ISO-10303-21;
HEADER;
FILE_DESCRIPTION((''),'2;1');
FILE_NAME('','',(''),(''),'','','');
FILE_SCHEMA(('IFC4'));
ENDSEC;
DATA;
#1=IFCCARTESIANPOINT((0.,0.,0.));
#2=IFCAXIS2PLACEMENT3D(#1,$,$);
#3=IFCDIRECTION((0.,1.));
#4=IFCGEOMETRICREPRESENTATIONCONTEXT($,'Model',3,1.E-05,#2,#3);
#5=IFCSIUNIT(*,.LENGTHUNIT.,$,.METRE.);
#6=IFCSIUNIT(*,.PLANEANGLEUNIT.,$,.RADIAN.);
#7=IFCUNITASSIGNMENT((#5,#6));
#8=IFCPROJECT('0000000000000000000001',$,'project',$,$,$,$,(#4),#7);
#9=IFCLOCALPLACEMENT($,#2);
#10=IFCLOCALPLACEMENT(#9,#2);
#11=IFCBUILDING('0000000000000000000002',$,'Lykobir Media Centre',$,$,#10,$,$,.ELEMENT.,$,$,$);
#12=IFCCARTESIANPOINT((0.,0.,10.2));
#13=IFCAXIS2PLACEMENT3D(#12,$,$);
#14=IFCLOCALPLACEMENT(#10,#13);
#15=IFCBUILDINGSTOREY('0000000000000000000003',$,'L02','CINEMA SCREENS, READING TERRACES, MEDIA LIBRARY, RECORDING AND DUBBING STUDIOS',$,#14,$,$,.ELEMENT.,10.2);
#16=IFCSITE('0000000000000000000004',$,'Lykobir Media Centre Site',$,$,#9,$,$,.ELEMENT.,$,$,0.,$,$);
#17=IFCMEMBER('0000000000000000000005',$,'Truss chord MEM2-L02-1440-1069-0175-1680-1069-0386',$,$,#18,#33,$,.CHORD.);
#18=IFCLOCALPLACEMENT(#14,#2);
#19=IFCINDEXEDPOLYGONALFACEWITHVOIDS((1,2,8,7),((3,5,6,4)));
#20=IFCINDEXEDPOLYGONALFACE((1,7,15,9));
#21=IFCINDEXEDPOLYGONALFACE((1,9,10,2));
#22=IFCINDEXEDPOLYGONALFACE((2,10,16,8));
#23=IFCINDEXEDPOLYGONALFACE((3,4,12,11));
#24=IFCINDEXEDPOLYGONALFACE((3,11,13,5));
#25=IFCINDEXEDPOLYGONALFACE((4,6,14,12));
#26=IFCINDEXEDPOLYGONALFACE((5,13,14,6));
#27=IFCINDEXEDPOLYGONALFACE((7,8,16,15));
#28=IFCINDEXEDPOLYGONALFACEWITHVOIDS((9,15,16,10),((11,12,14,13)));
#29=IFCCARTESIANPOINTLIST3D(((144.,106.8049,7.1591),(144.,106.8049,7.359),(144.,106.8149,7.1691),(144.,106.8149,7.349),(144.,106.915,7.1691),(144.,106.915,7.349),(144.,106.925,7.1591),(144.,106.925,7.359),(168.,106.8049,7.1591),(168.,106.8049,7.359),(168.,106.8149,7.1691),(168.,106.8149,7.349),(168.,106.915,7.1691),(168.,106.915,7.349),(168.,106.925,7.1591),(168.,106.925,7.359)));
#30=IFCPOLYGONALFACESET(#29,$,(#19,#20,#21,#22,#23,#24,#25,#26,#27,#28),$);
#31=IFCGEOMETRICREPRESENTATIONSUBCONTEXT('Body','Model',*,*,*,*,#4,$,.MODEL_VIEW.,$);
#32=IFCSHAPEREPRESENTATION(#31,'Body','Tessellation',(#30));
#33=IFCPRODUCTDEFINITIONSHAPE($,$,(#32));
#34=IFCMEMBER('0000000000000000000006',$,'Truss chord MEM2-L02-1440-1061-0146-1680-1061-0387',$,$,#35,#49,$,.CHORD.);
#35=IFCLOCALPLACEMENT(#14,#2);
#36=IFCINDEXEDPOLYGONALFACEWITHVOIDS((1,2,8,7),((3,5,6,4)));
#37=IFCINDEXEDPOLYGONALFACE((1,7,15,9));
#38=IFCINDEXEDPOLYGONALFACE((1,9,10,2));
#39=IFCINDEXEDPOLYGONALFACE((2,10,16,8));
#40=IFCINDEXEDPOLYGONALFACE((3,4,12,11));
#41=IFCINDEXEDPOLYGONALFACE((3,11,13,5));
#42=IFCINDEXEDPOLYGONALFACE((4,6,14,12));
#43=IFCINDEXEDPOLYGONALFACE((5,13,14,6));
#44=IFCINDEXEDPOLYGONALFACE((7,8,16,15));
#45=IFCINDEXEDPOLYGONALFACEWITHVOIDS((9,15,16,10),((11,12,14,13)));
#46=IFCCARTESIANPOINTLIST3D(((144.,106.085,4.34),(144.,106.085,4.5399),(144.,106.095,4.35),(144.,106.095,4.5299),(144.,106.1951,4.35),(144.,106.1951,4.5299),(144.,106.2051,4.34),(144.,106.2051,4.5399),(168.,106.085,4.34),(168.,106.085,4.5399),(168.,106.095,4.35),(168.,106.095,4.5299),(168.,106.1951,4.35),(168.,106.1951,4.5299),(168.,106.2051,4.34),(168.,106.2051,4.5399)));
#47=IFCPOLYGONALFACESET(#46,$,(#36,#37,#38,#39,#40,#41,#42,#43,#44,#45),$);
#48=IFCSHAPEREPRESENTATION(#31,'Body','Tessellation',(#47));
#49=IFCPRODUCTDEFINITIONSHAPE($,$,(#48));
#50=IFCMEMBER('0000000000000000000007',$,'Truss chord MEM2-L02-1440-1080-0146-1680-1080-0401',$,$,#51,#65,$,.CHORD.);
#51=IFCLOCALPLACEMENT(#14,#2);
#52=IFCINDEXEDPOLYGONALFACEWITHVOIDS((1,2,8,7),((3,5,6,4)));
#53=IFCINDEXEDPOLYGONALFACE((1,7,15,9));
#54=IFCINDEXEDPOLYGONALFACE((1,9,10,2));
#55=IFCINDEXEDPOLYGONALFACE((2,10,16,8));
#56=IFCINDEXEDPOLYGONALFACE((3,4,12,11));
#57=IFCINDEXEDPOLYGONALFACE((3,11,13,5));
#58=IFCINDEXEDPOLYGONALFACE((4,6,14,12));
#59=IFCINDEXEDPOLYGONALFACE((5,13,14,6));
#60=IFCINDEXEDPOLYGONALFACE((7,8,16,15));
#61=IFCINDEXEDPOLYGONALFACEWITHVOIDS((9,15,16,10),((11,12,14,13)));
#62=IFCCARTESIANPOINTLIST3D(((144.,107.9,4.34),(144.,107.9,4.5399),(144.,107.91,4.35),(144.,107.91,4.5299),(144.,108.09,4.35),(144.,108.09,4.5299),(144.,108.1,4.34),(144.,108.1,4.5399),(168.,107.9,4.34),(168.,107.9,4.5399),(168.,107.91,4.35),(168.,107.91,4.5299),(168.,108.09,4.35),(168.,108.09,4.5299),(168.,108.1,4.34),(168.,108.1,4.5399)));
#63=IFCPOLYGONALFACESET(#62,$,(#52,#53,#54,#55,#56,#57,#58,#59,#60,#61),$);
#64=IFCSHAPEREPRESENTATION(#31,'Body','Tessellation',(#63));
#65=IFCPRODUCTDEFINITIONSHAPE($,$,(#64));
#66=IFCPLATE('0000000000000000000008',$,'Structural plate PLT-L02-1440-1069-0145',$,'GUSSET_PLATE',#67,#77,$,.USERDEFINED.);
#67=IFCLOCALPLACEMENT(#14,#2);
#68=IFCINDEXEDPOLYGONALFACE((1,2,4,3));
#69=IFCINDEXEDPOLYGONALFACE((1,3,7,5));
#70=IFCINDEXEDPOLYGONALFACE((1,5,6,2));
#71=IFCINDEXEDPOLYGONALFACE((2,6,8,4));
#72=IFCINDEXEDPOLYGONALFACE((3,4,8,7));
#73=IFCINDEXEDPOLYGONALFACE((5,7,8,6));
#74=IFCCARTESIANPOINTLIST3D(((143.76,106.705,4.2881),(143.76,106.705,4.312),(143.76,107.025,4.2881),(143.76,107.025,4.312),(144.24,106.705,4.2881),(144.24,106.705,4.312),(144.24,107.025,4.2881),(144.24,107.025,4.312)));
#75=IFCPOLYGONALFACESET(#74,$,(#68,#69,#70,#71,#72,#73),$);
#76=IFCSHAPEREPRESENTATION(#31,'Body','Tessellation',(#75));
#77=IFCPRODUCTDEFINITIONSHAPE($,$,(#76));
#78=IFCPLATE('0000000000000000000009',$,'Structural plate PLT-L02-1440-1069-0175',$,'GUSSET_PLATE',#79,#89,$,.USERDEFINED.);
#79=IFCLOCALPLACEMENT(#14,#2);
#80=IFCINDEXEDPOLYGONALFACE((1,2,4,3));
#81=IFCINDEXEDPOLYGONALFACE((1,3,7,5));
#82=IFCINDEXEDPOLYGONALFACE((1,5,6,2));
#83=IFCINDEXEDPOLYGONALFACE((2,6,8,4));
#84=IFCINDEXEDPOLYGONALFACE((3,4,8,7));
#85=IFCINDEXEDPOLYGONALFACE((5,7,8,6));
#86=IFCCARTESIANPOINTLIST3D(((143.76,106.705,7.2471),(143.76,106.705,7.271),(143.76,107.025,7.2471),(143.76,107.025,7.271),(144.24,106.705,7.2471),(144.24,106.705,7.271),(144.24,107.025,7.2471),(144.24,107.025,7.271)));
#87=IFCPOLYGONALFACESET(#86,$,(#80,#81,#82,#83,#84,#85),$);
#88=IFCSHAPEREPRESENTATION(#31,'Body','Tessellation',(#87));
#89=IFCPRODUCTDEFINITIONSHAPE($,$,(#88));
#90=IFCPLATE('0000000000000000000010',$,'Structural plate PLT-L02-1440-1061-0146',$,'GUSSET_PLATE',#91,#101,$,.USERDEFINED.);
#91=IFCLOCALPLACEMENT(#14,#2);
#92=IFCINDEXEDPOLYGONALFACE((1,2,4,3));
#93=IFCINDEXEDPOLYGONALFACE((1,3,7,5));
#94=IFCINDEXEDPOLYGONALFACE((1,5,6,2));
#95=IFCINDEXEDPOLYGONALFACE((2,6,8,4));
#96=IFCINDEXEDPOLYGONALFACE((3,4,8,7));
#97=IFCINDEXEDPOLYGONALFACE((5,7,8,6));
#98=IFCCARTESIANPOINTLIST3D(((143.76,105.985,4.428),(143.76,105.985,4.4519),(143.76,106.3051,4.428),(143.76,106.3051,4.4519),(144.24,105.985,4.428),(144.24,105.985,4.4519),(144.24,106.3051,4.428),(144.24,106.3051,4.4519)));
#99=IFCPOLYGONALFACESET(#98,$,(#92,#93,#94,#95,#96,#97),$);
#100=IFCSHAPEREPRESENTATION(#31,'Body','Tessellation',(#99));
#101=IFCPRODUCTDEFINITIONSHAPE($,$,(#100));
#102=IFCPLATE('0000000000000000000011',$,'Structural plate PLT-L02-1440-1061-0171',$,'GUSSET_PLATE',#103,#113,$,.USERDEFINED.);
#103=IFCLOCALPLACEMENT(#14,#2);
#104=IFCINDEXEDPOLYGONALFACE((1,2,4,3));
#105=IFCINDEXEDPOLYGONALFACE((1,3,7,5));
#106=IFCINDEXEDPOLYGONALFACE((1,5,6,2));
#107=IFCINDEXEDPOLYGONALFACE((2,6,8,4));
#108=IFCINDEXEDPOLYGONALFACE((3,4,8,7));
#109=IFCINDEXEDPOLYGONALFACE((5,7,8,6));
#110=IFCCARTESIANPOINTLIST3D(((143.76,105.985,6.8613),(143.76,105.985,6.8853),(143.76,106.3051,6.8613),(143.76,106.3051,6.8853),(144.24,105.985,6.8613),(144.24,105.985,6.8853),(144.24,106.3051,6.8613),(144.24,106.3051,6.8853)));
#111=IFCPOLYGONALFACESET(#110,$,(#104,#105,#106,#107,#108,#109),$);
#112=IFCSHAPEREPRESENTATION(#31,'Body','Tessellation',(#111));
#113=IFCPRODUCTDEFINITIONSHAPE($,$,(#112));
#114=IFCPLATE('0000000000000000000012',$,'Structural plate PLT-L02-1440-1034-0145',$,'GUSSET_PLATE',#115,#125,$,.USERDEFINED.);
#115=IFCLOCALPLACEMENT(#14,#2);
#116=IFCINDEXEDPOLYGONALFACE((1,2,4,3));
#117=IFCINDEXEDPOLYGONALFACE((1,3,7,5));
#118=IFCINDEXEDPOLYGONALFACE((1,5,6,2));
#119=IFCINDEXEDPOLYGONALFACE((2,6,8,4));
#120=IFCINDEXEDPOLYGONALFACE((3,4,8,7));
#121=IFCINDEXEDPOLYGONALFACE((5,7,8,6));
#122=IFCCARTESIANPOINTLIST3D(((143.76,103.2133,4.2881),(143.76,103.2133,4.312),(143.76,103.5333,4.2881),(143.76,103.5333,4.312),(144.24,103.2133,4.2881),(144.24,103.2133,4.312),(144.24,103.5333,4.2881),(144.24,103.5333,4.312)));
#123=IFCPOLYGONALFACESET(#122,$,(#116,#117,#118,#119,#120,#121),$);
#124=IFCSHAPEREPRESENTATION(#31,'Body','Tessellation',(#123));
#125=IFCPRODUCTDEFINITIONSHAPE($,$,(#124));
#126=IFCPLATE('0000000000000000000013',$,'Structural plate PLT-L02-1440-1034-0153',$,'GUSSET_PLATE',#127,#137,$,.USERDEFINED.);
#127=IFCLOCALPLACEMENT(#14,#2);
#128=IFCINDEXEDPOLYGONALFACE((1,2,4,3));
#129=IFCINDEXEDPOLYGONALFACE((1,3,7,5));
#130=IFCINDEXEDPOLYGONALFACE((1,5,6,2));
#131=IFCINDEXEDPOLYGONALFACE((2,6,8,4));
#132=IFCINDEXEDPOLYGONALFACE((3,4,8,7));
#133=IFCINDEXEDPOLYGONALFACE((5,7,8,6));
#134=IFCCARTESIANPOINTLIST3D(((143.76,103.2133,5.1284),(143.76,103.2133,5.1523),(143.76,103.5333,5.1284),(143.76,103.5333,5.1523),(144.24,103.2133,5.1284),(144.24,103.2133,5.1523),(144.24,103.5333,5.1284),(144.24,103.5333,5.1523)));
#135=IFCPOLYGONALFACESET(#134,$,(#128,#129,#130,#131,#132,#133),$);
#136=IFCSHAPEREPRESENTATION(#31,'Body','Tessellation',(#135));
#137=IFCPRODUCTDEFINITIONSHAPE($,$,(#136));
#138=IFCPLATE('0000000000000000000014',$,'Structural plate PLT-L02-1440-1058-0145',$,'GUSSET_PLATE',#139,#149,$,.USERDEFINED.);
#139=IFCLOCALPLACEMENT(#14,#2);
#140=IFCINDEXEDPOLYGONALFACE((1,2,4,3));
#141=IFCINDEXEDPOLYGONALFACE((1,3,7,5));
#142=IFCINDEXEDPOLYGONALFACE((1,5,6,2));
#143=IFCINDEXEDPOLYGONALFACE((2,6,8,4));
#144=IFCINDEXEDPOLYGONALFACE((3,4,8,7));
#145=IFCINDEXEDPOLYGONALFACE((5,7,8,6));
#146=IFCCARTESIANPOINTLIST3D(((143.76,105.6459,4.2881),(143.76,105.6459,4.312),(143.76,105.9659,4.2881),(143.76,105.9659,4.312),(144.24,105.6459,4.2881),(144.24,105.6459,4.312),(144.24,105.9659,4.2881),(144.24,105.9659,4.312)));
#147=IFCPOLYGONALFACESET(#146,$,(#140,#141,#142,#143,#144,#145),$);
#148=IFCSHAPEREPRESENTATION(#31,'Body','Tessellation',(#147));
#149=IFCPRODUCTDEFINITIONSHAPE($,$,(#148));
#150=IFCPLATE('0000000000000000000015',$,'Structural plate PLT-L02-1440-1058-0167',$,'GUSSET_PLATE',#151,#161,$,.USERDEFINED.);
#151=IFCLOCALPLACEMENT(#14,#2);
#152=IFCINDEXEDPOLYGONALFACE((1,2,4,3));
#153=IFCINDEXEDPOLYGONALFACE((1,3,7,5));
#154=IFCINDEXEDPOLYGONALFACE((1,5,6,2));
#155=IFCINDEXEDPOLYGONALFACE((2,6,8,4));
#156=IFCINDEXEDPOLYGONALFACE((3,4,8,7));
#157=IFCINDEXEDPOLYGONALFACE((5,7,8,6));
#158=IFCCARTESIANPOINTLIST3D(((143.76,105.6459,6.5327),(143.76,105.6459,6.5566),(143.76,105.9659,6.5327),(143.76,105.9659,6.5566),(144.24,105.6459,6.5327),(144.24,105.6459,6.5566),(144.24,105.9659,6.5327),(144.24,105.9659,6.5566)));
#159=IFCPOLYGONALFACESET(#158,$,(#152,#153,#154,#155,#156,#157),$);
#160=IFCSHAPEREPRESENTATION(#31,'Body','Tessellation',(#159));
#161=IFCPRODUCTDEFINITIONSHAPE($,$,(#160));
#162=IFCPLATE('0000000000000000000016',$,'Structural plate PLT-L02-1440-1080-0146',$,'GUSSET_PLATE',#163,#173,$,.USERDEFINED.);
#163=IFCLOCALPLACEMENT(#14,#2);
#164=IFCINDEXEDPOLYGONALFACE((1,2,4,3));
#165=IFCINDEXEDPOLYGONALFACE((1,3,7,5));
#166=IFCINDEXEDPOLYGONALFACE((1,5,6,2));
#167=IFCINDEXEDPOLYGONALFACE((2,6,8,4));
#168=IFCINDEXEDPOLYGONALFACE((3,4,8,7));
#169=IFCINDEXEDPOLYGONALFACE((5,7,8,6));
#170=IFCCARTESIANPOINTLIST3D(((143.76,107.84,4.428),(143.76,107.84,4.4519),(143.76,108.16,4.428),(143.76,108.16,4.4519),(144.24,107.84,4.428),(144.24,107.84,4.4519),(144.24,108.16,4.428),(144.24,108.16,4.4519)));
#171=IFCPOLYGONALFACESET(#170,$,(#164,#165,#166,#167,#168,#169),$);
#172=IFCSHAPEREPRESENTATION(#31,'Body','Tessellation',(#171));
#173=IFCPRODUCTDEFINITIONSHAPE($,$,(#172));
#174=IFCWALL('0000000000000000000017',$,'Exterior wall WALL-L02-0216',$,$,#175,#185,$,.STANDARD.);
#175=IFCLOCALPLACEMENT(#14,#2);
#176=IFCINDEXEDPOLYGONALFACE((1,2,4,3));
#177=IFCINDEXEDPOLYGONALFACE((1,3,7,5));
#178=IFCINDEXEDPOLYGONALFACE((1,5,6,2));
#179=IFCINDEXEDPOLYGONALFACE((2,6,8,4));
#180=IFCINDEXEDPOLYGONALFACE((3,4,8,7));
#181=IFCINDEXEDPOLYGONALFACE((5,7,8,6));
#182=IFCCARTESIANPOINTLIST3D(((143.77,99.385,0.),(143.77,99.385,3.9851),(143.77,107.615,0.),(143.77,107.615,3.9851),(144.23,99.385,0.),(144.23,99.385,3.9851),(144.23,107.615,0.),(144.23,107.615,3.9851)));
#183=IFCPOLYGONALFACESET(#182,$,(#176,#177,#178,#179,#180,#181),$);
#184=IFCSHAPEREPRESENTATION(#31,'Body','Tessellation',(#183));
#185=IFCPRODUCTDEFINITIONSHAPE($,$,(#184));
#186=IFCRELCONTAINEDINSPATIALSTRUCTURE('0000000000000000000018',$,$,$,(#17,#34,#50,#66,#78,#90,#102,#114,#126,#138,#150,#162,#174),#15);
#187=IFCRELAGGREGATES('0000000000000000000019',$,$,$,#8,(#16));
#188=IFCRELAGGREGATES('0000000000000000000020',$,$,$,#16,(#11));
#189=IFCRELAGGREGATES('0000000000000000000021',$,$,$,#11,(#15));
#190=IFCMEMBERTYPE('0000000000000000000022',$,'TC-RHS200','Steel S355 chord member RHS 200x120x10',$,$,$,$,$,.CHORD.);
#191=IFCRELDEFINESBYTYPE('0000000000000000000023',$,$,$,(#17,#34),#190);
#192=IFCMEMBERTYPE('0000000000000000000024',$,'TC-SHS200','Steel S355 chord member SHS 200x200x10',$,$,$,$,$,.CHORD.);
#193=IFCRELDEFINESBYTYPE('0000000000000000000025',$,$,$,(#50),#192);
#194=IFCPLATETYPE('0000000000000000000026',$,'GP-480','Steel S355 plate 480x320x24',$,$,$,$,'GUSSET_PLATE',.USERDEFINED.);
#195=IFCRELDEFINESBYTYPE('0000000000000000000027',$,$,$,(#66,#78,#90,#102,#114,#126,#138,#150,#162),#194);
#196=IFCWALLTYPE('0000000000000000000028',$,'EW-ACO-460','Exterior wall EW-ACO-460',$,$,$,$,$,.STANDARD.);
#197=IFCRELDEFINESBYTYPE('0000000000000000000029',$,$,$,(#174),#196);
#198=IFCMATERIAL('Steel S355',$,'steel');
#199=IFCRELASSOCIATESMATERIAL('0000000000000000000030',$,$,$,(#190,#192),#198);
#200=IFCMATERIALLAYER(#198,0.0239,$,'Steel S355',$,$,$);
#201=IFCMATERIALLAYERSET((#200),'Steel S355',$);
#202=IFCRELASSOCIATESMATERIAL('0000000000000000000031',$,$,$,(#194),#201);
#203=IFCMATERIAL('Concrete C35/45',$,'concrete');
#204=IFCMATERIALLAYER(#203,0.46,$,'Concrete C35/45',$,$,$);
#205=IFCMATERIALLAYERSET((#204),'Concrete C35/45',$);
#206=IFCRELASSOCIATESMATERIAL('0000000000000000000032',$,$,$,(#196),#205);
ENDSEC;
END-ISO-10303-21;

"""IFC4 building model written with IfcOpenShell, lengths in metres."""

from ifc_helpers import new_model, si_unit, direction, frame, frame_2d, origin, origin_2d, place, context, subcontext, project, spatial, rectangle, hollow_rectangle, extrude, material, layer, layer_set, material_profile, profile_set, type_object, element, save


model = new_model("IFC4")

# Units and contexts
model_context = context("Model", 3, precision=1e-05, world=origin(), true_north=direction((0.0, 1.0)))
body_context = subcontext(model_context, "Body", "Model", "MODEL_VIEW")
ifc_project = project(units=[si_unit("LENGTHUNIT", "METRE"), si_unit("PLANEANGLEUNIT", "RADIAN")], contexts=[model_context])

# Site, building, storey
site_placement = place(None, origin())
site = spatial("IfcSite", under=ifc_project, at=site_placement, Name="Lykobir Media Centre Site", CompositionType="ELEMENT", RefElevation=0.0)
building_placement = place(site_placement, origin())
building = spatial("IfcBuilding", under=site, at=building_placement, Name="Lykobir Media Centre", CompositionType="ELEMENT")
storey_placement = place(building_placement, frame((0.0, 0.0, 10.2)))
storey = spatial("IfcBuildingStorey", under=building, at=storey_placement, Name="L02", Description="CINEMA SCREENS, READING TERRACES, MEDIA LIBRARY, RECORDING AND DUBBING STUDIOS", CompositionType="ELEMENT", Elevation=10.2)

# Shared definitions
ifc_material_1 = material(Name="Steel S355", Category="steel")

# Members
ifc_material_profile_1 = material_profile(ifc_material_1, hollow_rectangle(XDim=0.1201, YDim=0.2, WallThickness=0.01, at=origin_2d()), Name="RHS 200x120x10")
ifc_profile_set_1 = profile_set([ifc_material_profile_1], Name="Steel S355")
member_type_1 = type_object("IfcMemberType", Name="TC-RHS200", Description="Steel S355 chord member RHS 200x120x10", PredefinedType="CHORD", material=ifc_profile_set_1)
for number, where, z_axis, x_axis, name in (
    (1, (144.0, 106.865, 7.259), (1.0, 0.0, 0.0), (0.0, 1.0, 0.0), "Truss chord MEM2-L02-1440-1069-0175-1680-1069-0386"),
    (2, (144.0, 106.145, 4.4399), (1.0, 0.0, 0.0), (0.0, 1.0, 0.0), "Truss chord MEM2-L02-1440-1061-0146-1680-1061-0387"),
):
    element("IfcMember", number, at=place(storey_placement, frame(where, z_axis=z_axis, x_axis=x_axis)), inside=storey, type_object=member_type_1, Name=name, PredefinedType="CHORD", context=body_context, shape_type="SweptSolid", body=[
        extrude(hollow_rectangle(XDim=0.1201, YDim=0.2, WallThickness=0.01, at=origin_2d()), origin(), (0.0, 0.0, 1.0), 24.0),
    ])
ifc_material_profile_2 = material_profile(ifc_material_1, hollow_rectangle(XDim=0.2, YDim=0.2, WallThickness=0.01, at=origin_2d()), Name="SHS 200x200x10")
ifc_profile_set_2 = profile_set([ifc_material_profile_2], Name="Steel S355")
member_type_2 = type_object("IfcMemberType", Name="TC-SHS200", Description="Steel S355 chord member SHS 200x200x10", PredefinedType="CHORD", material=ifc_profile_set_2)
member_1_placement = place(storey_placement, frame((144.0, 108.0, 4.4399), z_axis=(1.0, 0.0, 0.0), x_axis=(0.0, 1.0, 0.0)))
element("IfcMember", 3, at=member_1_placement, inside=storey, type_object=member_type_2, Name="Truss chord MEM2-L02-1440-1080-0146-1680-1080-0401", PredefinedType="CHORD", context=body_context, shape_type="SweptSolid", body=[
    extrude(hollow_rectangle(XDim=0.2, YDim=0.2, WallThickness=0.01, at=origin_2d()), origin(), (0.0, 0.0, 1.0), 24.0),
])

# Plates
ifc_layer_1 = layer(ifc_material_1, 0.0239, Name="Steel S355")
ifc_layer_set_1 = layer_set([ifc_layer_1], Name="Steel S355")
plate_type = type_object("IfcPlateType", Name="GP-480", Description="Steel S355 plate 480x320x24", ElementType="GUSSET_PLATE", PredefinedType="USERDEFINED", material=ifc_layer_set_1)
for number, where, z_axis, x_axis, name in (
    (4, (144.0, 106.865, 4.2881), (0.0, 0.0, 1.0), (1.0, 0.0, 0.0), "Structural plate PLT-L02-1440-1069-0145"),
    (5, (144.0, 106.865, 7.2471), (0.0, 0.0, 1.0), (1.0, 0.0, 0.0), "Structural plate PLT-L02-1440-1069-0175"),
    (6, (144.0, 106.145, 4.428), (0.0, 0.0, 1.0), (1.0, 0.0, 0.0), "Structural plate PLT-L02-1440-1061-0146"),
    (7, (144.0, 106.145, 6.8613), (0.0, 0.0, 1.0), (1.0, 0.0, 0.0), "Structural plate PLT-L02-1440-1061-0171"),
    (8, (144.0, 103.3733, 4.2881), (0.0, 0.0, 1.0), (1.0, 0.0, 0.0), "Structural plate PLT-L02-1440-1034-0145"),
    (9, (144.0, 103.3733, 5.1284), (0.0, 0.0, 1.0), (1.0, 0.0, 0.0), "Structural plate PLT-L02-1440-1034-0153"),
    (10, (144.0, 105.8059, 4.2881), (0.0, 0.0, 1.0), (1.0, 0.0, 0.0), "Structural plate PLT-L02-1440-1058-0145"),
    (11, (144.0, 105.8059, 6.5327), (0.0, 0.0, 1.0), (1.0, 0.0, 0.0), "Structural plate PLT-L02-1440-1058-0167"),
    (12, (144.0, 108.0, 4.428), (0.0, 0.0, 1.0), (1.0, 0.0, 0.0), "Structural plate PLT-L02-1440-1080-0146"),
):
    element("IfcPlate", number, at=place(storey_placement, frame(where, z_axis=z_axis, x_axis=x_axis)), inside=storey, type_object=plate_type, Name=name, ObjectType="GUSSET_PLATE", PredefinedType="USERDEFINED", context=body_context, shape_type="SweptSolid", body=[
        extrude(rectangle(XDim=0.48, YDim=0.3201, at=origin_2d()), origin(), (0.0, 0.0, 1.0), 0.0239),
    ])

# Wall
ifc_material_2 = material(Name="Concrete C35/45", Category="concrete")
ifc_layer_2 = layer(ifc_material_2, 0.46, Name="Concrete C35/45")
ifc_layer_set_2 = layer_set([ifc_layer_2], Name="Concrete C35/45")
wall_type = type_object("IfcWallType", Name="EW-ACO-460", Description="Exterior wall EW-ACO-460", PredefinedType="STANDARD", material=ifc_layer_set_2)
wall_placement = place(storey_placement, frame((144.0, 107.615, 0.0), z_axis=(0.0, 0.0, 1.0), x_axis=(0.0, -1.0, 0.0)))
element("IfcWall", 13, at=wall_placement, inside=storey, type_object=wall_type, Name="Exterior wall WALL-L02-0216", PredefinedType="STANDARD", context=body_context, shape_type="SweptSolid", body=[
    extrude(rectangle(XDim=8.23, YDim=0.46, at=frame_2d((4.115, 0.0))), origin(), (0.0, 0.0, 1.0), 3.9851),
])

save(model, "model.ifc")
